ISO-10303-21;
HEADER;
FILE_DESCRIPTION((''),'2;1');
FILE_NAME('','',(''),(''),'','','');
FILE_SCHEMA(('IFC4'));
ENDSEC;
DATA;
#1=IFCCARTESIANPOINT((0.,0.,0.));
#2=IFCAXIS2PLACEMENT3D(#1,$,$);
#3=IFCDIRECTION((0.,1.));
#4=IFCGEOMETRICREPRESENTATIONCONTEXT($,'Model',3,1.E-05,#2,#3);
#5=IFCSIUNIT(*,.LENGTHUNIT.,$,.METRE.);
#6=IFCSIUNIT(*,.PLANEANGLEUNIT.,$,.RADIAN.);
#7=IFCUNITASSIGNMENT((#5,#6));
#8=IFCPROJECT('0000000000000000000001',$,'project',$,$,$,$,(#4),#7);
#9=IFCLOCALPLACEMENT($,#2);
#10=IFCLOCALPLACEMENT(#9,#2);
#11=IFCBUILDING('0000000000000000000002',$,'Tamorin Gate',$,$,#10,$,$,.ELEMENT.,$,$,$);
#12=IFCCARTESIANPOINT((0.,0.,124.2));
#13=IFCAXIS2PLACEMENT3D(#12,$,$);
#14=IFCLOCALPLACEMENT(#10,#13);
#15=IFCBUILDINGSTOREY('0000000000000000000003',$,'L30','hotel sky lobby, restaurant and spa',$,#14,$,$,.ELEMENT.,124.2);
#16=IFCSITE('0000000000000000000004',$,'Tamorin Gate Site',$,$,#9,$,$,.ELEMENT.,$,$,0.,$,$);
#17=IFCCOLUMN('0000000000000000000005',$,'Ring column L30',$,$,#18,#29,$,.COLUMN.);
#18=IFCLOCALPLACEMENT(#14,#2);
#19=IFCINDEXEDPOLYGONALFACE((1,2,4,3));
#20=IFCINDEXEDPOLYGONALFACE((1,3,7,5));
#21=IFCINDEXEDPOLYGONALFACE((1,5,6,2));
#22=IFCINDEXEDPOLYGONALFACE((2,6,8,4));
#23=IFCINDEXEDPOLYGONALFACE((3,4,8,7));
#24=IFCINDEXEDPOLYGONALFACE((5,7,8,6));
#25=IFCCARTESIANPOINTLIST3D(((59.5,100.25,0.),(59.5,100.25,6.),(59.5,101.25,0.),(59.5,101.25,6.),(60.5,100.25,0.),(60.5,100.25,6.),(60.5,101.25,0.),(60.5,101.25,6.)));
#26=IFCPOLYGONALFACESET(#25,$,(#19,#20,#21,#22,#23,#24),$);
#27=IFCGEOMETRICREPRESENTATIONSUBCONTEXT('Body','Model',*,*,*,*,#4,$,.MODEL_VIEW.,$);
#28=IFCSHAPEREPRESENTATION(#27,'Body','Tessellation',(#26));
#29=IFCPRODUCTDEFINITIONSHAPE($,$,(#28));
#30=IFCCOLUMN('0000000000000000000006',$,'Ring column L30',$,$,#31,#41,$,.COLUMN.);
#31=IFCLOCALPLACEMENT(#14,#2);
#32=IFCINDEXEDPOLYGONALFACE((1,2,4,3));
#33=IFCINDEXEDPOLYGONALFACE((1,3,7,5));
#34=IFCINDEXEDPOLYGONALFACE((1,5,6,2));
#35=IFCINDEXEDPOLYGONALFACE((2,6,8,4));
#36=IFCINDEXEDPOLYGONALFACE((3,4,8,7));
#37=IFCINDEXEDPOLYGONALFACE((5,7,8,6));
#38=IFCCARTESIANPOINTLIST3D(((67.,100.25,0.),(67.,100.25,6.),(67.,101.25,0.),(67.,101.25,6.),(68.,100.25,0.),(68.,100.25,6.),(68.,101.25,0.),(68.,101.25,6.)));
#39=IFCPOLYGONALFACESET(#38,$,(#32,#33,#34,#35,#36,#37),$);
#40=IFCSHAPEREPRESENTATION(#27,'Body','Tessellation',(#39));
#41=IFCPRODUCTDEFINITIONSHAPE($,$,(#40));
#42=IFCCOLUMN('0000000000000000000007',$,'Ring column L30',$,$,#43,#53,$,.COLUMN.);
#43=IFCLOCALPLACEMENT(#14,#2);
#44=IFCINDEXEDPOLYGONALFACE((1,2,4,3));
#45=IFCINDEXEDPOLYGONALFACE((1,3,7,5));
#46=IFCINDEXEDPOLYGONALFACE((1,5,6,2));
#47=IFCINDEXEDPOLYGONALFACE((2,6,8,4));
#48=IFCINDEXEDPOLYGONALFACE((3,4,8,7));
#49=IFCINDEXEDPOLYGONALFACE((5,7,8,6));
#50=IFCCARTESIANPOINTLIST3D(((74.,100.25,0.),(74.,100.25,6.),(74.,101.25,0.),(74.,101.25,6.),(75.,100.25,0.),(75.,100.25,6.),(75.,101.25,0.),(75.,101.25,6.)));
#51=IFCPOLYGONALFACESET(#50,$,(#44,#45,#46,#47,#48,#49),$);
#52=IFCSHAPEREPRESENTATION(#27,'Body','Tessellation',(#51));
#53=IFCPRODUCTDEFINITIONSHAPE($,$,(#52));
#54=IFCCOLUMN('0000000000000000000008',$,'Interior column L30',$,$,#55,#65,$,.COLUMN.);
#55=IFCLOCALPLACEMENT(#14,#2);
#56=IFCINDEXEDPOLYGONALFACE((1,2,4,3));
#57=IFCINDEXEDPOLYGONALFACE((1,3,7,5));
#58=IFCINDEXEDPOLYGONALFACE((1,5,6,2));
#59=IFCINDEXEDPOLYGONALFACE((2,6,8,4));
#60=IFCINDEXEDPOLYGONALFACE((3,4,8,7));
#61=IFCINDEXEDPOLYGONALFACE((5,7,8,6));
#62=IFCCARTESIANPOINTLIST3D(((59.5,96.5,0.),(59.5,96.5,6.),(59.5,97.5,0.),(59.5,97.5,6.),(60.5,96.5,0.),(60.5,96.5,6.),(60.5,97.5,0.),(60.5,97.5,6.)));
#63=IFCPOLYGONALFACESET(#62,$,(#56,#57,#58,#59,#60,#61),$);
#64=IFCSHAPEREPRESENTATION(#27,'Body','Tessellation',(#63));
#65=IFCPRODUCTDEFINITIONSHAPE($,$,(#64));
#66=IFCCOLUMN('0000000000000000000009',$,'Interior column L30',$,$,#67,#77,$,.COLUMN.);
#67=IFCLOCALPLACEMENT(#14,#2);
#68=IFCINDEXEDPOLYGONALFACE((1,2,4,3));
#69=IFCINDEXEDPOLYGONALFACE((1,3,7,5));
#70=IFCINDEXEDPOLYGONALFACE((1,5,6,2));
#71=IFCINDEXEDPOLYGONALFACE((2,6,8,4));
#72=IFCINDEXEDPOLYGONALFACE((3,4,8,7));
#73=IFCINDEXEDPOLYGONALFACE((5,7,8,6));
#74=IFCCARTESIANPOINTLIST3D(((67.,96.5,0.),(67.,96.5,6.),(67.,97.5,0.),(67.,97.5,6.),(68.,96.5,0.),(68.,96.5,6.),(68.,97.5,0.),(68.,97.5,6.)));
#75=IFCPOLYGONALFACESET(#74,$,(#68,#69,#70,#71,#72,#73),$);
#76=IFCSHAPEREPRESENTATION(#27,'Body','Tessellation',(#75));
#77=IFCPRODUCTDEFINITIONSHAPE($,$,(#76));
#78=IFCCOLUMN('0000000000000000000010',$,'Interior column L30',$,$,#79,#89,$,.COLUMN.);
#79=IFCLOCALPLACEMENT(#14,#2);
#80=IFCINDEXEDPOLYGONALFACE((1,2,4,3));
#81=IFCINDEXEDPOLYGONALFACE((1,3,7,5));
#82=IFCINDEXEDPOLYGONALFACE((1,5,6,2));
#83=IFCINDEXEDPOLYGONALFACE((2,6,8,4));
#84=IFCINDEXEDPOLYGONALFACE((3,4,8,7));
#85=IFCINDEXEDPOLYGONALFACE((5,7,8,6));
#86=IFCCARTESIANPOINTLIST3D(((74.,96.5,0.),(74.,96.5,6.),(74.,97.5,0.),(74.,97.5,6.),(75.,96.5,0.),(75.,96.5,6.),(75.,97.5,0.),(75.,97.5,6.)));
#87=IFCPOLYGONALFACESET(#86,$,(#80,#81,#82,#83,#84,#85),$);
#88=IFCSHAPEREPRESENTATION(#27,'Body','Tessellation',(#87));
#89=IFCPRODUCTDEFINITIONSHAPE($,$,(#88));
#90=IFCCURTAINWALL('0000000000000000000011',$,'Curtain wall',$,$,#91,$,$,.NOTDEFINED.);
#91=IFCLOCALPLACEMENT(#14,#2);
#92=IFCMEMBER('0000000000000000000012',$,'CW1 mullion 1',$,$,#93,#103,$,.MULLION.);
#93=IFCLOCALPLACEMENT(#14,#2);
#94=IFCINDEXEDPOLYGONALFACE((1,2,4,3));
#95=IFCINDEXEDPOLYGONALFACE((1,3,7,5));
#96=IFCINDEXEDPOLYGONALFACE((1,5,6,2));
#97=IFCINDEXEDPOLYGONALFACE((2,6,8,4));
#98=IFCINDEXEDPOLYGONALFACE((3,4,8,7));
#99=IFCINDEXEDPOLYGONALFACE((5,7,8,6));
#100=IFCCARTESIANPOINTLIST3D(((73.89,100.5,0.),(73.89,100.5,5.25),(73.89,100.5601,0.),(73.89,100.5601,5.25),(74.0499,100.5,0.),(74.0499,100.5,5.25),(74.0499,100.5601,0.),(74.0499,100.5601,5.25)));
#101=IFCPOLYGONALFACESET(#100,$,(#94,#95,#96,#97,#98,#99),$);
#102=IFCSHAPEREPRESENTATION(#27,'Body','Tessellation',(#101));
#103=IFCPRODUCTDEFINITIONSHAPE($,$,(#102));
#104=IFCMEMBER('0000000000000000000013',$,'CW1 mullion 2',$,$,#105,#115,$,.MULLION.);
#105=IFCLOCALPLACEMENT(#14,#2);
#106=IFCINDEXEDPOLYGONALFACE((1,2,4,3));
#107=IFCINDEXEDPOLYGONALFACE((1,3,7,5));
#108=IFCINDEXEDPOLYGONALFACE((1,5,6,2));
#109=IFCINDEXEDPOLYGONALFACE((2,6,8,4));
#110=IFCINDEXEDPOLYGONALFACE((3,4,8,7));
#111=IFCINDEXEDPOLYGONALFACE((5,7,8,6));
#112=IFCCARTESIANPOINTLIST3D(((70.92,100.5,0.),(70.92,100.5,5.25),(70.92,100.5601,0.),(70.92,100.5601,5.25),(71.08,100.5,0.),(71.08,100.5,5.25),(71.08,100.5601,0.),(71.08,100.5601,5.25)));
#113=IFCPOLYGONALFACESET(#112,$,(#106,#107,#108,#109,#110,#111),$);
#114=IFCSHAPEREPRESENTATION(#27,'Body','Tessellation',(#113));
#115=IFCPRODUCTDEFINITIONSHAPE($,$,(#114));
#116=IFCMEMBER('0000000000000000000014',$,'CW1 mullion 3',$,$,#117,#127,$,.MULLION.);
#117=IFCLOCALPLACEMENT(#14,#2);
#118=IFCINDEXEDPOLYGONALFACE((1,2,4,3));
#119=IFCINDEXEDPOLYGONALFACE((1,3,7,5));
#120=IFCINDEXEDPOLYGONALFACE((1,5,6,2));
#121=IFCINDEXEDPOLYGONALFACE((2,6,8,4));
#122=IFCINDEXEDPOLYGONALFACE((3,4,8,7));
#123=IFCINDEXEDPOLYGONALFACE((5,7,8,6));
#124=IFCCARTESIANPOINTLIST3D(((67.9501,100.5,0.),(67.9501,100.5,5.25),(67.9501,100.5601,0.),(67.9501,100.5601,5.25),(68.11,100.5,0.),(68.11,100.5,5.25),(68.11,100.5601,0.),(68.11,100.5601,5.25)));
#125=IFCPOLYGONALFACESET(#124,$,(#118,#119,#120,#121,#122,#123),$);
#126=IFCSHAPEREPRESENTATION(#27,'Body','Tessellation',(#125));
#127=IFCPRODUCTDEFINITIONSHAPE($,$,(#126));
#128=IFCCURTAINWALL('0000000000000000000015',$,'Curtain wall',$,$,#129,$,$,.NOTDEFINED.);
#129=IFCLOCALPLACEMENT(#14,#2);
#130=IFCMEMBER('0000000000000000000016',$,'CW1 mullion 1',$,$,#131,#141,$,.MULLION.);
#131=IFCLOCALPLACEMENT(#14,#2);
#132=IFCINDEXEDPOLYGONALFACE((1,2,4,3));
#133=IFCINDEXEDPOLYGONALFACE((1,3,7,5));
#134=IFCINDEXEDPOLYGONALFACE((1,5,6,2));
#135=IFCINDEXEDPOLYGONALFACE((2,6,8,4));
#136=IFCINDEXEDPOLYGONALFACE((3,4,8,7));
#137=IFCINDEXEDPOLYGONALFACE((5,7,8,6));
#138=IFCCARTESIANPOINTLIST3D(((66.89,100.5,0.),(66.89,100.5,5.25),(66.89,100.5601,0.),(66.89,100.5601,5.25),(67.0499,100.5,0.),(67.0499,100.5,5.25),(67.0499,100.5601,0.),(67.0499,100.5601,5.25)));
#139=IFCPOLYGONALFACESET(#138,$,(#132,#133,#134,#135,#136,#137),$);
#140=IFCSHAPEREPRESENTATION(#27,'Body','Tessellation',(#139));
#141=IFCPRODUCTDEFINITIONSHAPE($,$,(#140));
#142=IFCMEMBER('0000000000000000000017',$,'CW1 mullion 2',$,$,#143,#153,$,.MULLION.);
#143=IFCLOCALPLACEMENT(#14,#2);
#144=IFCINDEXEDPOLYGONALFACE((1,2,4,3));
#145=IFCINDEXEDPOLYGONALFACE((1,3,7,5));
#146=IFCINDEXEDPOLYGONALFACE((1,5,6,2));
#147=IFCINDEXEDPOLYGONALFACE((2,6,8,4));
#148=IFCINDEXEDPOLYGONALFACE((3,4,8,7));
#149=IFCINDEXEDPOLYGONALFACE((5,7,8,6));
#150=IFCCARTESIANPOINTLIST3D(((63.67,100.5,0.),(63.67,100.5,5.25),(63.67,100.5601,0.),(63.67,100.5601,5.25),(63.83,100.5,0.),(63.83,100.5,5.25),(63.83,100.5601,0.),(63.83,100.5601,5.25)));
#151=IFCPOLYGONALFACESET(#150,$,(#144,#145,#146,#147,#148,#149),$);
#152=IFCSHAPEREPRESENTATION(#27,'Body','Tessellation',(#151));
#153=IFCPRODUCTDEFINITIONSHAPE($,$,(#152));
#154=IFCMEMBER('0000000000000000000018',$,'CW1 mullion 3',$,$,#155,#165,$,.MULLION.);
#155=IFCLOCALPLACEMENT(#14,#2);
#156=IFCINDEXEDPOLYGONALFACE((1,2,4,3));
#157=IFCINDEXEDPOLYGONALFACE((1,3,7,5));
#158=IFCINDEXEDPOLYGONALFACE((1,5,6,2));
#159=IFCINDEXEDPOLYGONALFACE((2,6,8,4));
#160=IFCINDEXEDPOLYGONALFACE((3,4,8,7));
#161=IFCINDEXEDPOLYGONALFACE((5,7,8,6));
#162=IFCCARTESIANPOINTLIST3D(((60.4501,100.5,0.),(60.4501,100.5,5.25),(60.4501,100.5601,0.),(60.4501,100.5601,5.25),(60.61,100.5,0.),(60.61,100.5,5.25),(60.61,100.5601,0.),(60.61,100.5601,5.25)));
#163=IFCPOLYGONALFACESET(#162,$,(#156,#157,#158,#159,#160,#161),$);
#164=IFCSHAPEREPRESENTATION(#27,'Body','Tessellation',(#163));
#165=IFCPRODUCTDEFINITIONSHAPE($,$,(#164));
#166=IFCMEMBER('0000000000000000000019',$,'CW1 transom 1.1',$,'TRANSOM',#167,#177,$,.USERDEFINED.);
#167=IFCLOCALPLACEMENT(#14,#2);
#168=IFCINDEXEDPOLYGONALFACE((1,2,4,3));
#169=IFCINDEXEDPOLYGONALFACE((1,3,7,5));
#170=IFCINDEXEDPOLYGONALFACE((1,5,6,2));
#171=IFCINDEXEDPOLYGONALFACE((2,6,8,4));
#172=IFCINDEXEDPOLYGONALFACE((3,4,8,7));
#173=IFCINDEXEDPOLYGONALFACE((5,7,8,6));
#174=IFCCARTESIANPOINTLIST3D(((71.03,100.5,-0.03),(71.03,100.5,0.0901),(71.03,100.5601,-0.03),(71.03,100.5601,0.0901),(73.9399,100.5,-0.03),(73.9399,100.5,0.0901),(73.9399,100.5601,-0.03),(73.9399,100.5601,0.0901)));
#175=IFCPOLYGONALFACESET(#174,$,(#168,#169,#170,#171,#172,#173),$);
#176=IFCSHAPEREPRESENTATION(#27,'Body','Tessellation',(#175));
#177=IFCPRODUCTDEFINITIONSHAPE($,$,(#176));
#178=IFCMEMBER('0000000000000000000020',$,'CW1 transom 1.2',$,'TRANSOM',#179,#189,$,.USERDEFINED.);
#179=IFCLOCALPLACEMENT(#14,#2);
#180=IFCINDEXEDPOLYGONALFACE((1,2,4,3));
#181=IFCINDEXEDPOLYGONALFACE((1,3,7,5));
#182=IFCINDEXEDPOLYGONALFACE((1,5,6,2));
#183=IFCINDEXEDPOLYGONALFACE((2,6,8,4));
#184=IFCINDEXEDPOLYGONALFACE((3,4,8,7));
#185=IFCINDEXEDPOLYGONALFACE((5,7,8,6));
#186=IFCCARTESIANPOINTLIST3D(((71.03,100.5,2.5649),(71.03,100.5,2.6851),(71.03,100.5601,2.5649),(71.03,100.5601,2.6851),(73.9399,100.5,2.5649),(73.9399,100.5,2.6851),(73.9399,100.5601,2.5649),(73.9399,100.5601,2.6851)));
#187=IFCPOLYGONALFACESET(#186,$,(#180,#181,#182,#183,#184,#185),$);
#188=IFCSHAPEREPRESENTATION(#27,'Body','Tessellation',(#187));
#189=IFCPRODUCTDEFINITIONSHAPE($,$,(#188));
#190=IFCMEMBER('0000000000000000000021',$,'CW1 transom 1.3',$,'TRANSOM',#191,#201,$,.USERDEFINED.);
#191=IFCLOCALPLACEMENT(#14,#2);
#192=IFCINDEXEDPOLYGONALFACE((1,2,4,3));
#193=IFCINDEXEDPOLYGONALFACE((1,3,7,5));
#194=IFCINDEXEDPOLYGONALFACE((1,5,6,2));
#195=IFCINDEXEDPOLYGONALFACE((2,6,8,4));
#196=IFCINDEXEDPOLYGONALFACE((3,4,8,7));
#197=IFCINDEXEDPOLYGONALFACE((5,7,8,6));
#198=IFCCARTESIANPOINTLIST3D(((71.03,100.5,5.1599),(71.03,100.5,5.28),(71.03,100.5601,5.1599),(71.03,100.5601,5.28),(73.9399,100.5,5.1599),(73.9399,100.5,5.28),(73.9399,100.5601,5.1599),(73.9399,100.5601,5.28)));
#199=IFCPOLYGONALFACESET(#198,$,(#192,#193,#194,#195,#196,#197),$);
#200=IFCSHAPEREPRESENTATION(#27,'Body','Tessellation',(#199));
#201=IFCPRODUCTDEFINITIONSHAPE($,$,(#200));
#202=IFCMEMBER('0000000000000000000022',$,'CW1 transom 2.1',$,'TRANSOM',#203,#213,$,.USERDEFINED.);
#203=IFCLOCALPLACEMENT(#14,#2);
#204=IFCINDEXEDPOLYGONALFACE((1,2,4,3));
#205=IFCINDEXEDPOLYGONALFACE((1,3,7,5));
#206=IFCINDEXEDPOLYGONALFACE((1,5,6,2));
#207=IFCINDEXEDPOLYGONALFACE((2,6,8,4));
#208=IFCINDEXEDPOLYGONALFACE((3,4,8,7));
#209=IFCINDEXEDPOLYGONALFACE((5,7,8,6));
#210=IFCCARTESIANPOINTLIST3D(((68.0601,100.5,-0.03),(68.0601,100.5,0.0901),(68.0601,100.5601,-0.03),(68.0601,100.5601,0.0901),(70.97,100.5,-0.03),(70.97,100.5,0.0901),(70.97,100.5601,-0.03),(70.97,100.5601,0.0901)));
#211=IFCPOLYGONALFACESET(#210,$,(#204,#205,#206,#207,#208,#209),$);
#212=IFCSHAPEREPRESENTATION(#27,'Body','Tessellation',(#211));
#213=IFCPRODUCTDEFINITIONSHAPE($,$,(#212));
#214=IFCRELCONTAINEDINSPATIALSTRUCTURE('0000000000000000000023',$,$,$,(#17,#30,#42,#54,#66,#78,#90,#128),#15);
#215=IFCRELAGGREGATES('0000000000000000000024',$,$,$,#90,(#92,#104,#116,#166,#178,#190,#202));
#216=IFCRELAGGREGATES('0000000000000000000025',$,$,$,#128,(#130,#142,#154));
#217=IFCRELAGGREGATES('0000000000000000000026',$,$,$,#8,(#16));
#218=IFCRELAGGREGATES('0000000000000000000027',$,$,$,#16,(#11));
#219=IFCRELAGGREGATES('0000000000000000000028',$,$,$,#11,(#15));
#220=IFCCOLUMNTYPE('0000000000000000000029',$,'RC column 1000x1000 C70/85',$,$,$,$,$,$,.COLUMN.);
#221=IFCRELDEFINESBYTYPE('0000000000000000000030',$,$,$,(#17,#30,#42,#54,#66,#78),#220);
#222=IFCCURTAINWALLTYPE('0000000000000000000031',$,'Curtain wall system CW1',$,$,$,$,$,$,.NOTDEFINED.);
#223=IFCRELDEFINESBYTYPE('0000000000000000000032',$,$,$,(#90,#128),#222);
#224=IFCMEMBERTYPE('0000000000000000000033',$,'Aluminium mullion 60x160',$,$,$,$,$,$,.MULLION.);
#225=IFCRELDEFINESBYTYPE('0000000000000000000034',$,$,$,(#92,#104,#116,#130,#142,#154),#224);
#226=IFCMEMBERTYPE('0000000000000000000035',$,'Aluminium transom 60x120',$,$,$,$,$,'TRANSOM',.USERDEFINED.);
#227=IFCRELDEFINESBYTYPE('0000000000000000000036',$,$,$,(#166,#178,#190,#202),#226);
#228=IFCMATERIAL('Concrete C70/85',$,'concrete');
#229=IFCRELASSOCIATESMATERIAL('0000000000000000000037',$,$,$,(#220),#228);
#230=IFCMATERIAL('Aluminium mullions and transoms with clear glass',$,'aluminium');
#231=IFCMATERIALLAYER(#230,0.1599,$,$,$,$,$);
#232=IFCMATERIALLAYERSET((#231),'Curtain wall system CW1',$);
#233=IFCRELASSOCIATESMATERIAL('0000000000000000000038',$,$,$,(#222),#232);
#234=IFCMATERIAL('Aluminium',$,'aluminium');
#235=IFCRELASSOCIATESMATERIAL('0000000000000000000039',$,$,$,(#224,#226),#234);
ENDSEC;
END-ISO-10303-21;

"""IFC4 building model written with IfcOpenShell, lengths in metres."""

from ifc_helpers import new_model, si_unit, direction, frame, origin, origin_2d, place, context, subcontext, project, spatial, rectangle, extrude, material, layer, layer_set, material_profile, profile_set, type_object, element, aggregate, save


model = new_model("IFC4")

# Units and contexts
model_context = context("Model", 3, precision=1e-05, world=origin(), true_north=direction((0.0, 1.0)))
body_context = subcontext(model_context, "Body", "Model", "MODEL_VIEW")
ifc_project = project(units=[si_unit("LENGTHUNIT", "METRE"), si_unit("PLANEANGLEUNIT", "RADIAN")], contexts=[model_context])

# Site, building, storey
site_placement = place(None, origin())
site = spatial("IfcSite", under=ifc_project, at=site_placement, Name="Tamorin Gate Site", CompositionType="ELEMENT", RefElevation=0.0)
building_placement = place(site_placement, origin())
building = spatial("IfcBuilding", under=site, at=building_placement, Name="Tamorin Gate", CompositionType="ELEMENT")
storey_placement = place(building_placement, frame((0.0, 0.0, 124.2)))
storey = spatial("IfcBuildingStorey", under=building, at=storey_placement, Name="L30", Description="hotel sky lobby, restaurant and spa", CompositionType="ELEMENT", Elevation=124.2)

# Columns
ifc_material_1 = material(Name="Concrete C70/85", Category="concrete")
ifc_material_profile_1 = material_profile(ifc_material_1, rectangle(XDim=1.0, YDim=1.0, at=origin_2d()), Name="RC 1000x1000")
ifc_profile_set_1 = profile_set([ifc_material_profile_1], Name="Concrete C70/85")
column_type = type_object("IfcColumnType", Name="RC column 1000x1000 C70/85", PredefinedType="COLUMN", material=ifc_profile_set_1)
for number, where, z_axis, x_axis, name in (
    (1, (60.0, 100.75, 0.0), (0.0, 0.0, 1.0), (1.0, 0.0, 0.0), "Ring column L30"),
    (2, (67.5, 100.75, 0.0), (0.0, 0.0, 1.0), (1.0, 0.0, 0.0), "Ring column L30"),
    (3, (74.5, 100.75, 0.0), (0.0, 0.0, 1.0), (1.0, 0.0, 0.0), "Ring column L30"),
    (4, (60.0, 97.0, 0.0), (0.0, 0.0, 1.0), (1.0, 0.0, 0.0), "Interior column L30"),
    (5, (67.5, 97.0, 0.0), (0.0, 0.0, 1.0), (1.0, 0.0, 0.0), "Interior column L30"),
    (6, (74.5, 97.0, 0.0), (0.0, 0.0, 1.0), (1.0, 0.0, 0.0), "Interior column L30"),
):
    element("IfcColumn", number, at=place(storey_placement, frame(where, z_axis=z_axis, x_axis=x_axis)), inside=storey, type_object=column_type, Name=name, PredefinedType="COLUMN", context=body_context, shape_type="SweptSolid", body=[
        extrude(rectangle(XDim=1.0, YDim=1.0, at=origin_2d()), origin(), (0.0, 0.0, 1.0), 6.0),
    ])

# Curtain walls, members
ifc_material_2 = material(Name="Aluminium mullions and transoms with clear glass", Category="aluminium")
ifc_layer_1 = layer(ifc_material_2, 0.1599)
ifc_layer_set_1 = layer_set([ifc_layer_1], Name="Curtain wall system CW1")
curtain_wall_type = type_object("IfcCurtainWallType", Name="Curtain wall system CW1", PredefinedType="NOTDEFINED", material=ifc_layer_set_1)
curtain_wall_1_placement = place(storey_placement, origin())
curtain_wall_1 = element("IfcCurtainWall", 7, at=curtain_wall_1_placement, inside=storey, type_object=curtain_wall_type, Name="Curtain wall", PredefinedType="NOTDEFINED")
ifc_material_3 = material(Name="Aluminium", Category="aluminium")
ifc_material_profile_2 = material_profile(ifc_material_3, rectangle(XDim=0.0601, YDim=0.1599, at=origin_2d()), Name="RECT 60x160")
ifc_profile_set_2 = profile_set([ifc_material_profile_2], Name="Aluminium")
member_type_1 = type_object("IfcMemberType", Name="Aluminium mullion 60x160", PredefinedType="MULLION", material=ifc_profile_set_2)
member_1_placement = place(storey_placement, frame((73.97, 100.53, 0.0), z_axis=(0.0, 0.0, 1.0), x_axis=(0.0, -1.0, 0.0)))
member_1 = element("IfcMember", 8, at=member_1_placement, type_object=member_type_1, Name="CW1 mullion 1", PredefinedType="MULLION", context=body_context, shape_type="SweptSolid", body=[
    extrude(rectangle(XDim=0.0601, YDim=0.1599, at=origin_2d()), origin(), (0.0, 0.0, 1.0), 5.25),
])
member_2_placement = place(storey_placement, frame((71.0, 100.53, 0.0), z_axis=(0.0, 0.0, 1.0), x_axis=(0.0, -1.0, 0.0)))
member_2 = element("IfcMember", 9, at=member_2_placement, type_object=member_type_1, Name="CW1 mullion 2", PredefinedType="MULLION", context=body_context, shape_type="SweptSolid", body=[
    extrude(rectangle(XDim=0.0601, YDim=0.1599, at=origin_2d()), origin(), (0.0, 0.0, 1.0), 5.25),
])
member_3_placement = place(storey_placement, frame((68.03, 100.53, 0.0), z_axis=(0.0, 0.0, 1.0), x_axis=(0.0, -1.0, 0.0)))
member_3 = element("IfcMember", 10, at=member_3_placement, type_object=member_type_1, Name="CW1 mullion 3", PredefinedType="MULLION", context=body_context, shape_type="SweptSolid", body=[
    extrude(rectangle(XDim=0.0601, YDim=0.1599, at=origin_2d()), origin(), (0.0, 0.0, 1.0), 5.25),
])
curtain_wall_2_placement = place(storey_placement, origin())
curtain_wall_2 = element("IfcCurtainWall", 11, at=curtain_wall_2_placement, inside=storey, type_object=curtain_wall_type, Name="Curtain wall", PredefinedType="NOTDEFINED")
member_4_placement = place(storey_placement, frame((66.97, 100.53, 0.0), z_axis=(0.0, 0.0, 1.0), x_axis=(0.0, -1.0, 0.0)))
member_4 = element("IfcMember", 12, at=member_4_placement, type_object=member_type_1, Name="CW1 mullion 1", PredefinedType="MULLION", context=body_context, shape_type="SweptSolid", body=[
    extrude(rectangle(XDim=0.0601, YDim=0.1599, at=origin_2d()), origin(), (0.0, 0.0, 1.0), 5.25),
])
member_5_placement = place(storey_placement, frame((63.75, 100.53, 0.0), z_axis=(0.0, 0.0, 1.0), x_axis=(0.0, -1.0, 0.0)))
member_5 = element("IfcMember", 13, at=member_5_placement, type_object=member_type_1, Name="CW1 mullion 2", PredefinedType="MULLION", context=body_context, shape_type="SweptSolid", body=[
    extrude(rectangle(XDim=0.0601, YDim=0.1599, at=origin_2d()), origin(), (0.0, 0.0, 1.0), 5.25),
])
member_6_placement = place(storey_placement, frame((60.53, 100.53, 0.0), z_axis=(0.0, 0.0, 1.0), x_axis=(0.0, -1.0, 0.0)))
member_6 = element("IfcMember", 14, at=member_6_placement, type_object=member_type_1, Name="CW1 mullion 3", PredefinedType="MULLION", context=body_context, shape_type="SweptSolid", body=[
    extrude(rectangle(XDim=0.0601, YDim=0.1599, at=origin_2d()), origin(), (0.0, 0.0, 1.0), 5.25),
])

# Members
ifc_material_profile_3 = material_profile(ifc_material_3, rectangle(XDim=0.0601, YDim=0.1201, at=origin_2d()), Name="RECT 60x120")
ifc_profile_set_3 = profile_set([ifc_material_profile_3], Name="Aluminium")
member_type_2 = type_object("IfcMemberType", Name="Aluminium transom 60x120", ElementType="TRANSOM", PredefinedType="USERDEFINED", material=ifc_profile_set_3)
member_7_placement = place(storey_placement, frame((73.9399, 100.53, 0.03), z_axis=(-1.0, 0.0, 0.0), x_axis=(0.0, -1.0, 0.0)))
member_7 = element("IfcMember", 15, at=member_7_placement, type_object=member_type_2, Name="CW1 transom 1.1", ObjectType="TRANSOM", PredefinedType="USERDEFINED", context=body_context, shape_type="SweptSolid", body=[
    extrude(rectangle(XDim=0.0601, YDim=0.1201, at=origin_2d()), origin(), (0.0, 0.0, 1.0), 2.9099),
])
member_8_placement = place(storey_placement, frame((73.9399, 100.53, 2.625), z_axis=(-1.0, 0.0, 0.0), x_axis=(0.0, -1.0, 0.0)))
member_8 = element("IfcMember", 16, at=member_8_placement, type_object=member_type_2, Name="CW1 transom 1.2", ObjectType="TRANSOM", PredefinedType="USERDEFINED", context=body_context, shape_type="SweptSolid", body=[
    extrude(rectangle(XDim=0.0601, YDim=0.1201, at=origin_2d()), origin(), (0.0, 0.0, 1.0), 2.9099),
])
member_9_placement = place(storey_placement, frame((73.9399, 100.53, 5.22), z_axis=(-1.0, 0.0, 0.0), x_axis=(0.0, -1.0, 0.0)))
member_9 = element("IfcMember", 17, at=member_9_placement, type_object=member_type_2, Name="CW1 transom 1.3", ObjectType="TRANSOM", PredefinedType="USERDEFINED", context=body_context, shape_type="SweptSolid", body=[
    extrude(rectangle(XDim=0.0601, YDim=0.1201, at=origin_2d()), origin(), (0.0, 0.0, 1.0), 2.9099),
])
member_10_placement = place(storey_placement, frame((70.97, 100.53, 0.03), z_axis=(-1.0, 0.0, 0.0), x_axis=(0.0, -1.0, 0.0)))
member_10 = element("IfcMember", 18, at=member_10_placement, type_object=member_type_2, Name="CW1 transom 2.1", ObjectType="TRANSOM", PredefinedType="USERDEFINED", context=body_context, shape_type="SweptSolid", body=[
    extrude(rectangle(XDim=0.0601, YDim=0.1201, at=origin_2d()), origin(), (0.0, 0.0, 1.0), 2.9099),
])

aggregate(curtain_wall_1, [member_1, member_2, member_3, member_7, member_8, member_9, member_10])
aggregate(curtain_wall_2, [member_4, member_5, member_6])

save(model, "model.ifc")
